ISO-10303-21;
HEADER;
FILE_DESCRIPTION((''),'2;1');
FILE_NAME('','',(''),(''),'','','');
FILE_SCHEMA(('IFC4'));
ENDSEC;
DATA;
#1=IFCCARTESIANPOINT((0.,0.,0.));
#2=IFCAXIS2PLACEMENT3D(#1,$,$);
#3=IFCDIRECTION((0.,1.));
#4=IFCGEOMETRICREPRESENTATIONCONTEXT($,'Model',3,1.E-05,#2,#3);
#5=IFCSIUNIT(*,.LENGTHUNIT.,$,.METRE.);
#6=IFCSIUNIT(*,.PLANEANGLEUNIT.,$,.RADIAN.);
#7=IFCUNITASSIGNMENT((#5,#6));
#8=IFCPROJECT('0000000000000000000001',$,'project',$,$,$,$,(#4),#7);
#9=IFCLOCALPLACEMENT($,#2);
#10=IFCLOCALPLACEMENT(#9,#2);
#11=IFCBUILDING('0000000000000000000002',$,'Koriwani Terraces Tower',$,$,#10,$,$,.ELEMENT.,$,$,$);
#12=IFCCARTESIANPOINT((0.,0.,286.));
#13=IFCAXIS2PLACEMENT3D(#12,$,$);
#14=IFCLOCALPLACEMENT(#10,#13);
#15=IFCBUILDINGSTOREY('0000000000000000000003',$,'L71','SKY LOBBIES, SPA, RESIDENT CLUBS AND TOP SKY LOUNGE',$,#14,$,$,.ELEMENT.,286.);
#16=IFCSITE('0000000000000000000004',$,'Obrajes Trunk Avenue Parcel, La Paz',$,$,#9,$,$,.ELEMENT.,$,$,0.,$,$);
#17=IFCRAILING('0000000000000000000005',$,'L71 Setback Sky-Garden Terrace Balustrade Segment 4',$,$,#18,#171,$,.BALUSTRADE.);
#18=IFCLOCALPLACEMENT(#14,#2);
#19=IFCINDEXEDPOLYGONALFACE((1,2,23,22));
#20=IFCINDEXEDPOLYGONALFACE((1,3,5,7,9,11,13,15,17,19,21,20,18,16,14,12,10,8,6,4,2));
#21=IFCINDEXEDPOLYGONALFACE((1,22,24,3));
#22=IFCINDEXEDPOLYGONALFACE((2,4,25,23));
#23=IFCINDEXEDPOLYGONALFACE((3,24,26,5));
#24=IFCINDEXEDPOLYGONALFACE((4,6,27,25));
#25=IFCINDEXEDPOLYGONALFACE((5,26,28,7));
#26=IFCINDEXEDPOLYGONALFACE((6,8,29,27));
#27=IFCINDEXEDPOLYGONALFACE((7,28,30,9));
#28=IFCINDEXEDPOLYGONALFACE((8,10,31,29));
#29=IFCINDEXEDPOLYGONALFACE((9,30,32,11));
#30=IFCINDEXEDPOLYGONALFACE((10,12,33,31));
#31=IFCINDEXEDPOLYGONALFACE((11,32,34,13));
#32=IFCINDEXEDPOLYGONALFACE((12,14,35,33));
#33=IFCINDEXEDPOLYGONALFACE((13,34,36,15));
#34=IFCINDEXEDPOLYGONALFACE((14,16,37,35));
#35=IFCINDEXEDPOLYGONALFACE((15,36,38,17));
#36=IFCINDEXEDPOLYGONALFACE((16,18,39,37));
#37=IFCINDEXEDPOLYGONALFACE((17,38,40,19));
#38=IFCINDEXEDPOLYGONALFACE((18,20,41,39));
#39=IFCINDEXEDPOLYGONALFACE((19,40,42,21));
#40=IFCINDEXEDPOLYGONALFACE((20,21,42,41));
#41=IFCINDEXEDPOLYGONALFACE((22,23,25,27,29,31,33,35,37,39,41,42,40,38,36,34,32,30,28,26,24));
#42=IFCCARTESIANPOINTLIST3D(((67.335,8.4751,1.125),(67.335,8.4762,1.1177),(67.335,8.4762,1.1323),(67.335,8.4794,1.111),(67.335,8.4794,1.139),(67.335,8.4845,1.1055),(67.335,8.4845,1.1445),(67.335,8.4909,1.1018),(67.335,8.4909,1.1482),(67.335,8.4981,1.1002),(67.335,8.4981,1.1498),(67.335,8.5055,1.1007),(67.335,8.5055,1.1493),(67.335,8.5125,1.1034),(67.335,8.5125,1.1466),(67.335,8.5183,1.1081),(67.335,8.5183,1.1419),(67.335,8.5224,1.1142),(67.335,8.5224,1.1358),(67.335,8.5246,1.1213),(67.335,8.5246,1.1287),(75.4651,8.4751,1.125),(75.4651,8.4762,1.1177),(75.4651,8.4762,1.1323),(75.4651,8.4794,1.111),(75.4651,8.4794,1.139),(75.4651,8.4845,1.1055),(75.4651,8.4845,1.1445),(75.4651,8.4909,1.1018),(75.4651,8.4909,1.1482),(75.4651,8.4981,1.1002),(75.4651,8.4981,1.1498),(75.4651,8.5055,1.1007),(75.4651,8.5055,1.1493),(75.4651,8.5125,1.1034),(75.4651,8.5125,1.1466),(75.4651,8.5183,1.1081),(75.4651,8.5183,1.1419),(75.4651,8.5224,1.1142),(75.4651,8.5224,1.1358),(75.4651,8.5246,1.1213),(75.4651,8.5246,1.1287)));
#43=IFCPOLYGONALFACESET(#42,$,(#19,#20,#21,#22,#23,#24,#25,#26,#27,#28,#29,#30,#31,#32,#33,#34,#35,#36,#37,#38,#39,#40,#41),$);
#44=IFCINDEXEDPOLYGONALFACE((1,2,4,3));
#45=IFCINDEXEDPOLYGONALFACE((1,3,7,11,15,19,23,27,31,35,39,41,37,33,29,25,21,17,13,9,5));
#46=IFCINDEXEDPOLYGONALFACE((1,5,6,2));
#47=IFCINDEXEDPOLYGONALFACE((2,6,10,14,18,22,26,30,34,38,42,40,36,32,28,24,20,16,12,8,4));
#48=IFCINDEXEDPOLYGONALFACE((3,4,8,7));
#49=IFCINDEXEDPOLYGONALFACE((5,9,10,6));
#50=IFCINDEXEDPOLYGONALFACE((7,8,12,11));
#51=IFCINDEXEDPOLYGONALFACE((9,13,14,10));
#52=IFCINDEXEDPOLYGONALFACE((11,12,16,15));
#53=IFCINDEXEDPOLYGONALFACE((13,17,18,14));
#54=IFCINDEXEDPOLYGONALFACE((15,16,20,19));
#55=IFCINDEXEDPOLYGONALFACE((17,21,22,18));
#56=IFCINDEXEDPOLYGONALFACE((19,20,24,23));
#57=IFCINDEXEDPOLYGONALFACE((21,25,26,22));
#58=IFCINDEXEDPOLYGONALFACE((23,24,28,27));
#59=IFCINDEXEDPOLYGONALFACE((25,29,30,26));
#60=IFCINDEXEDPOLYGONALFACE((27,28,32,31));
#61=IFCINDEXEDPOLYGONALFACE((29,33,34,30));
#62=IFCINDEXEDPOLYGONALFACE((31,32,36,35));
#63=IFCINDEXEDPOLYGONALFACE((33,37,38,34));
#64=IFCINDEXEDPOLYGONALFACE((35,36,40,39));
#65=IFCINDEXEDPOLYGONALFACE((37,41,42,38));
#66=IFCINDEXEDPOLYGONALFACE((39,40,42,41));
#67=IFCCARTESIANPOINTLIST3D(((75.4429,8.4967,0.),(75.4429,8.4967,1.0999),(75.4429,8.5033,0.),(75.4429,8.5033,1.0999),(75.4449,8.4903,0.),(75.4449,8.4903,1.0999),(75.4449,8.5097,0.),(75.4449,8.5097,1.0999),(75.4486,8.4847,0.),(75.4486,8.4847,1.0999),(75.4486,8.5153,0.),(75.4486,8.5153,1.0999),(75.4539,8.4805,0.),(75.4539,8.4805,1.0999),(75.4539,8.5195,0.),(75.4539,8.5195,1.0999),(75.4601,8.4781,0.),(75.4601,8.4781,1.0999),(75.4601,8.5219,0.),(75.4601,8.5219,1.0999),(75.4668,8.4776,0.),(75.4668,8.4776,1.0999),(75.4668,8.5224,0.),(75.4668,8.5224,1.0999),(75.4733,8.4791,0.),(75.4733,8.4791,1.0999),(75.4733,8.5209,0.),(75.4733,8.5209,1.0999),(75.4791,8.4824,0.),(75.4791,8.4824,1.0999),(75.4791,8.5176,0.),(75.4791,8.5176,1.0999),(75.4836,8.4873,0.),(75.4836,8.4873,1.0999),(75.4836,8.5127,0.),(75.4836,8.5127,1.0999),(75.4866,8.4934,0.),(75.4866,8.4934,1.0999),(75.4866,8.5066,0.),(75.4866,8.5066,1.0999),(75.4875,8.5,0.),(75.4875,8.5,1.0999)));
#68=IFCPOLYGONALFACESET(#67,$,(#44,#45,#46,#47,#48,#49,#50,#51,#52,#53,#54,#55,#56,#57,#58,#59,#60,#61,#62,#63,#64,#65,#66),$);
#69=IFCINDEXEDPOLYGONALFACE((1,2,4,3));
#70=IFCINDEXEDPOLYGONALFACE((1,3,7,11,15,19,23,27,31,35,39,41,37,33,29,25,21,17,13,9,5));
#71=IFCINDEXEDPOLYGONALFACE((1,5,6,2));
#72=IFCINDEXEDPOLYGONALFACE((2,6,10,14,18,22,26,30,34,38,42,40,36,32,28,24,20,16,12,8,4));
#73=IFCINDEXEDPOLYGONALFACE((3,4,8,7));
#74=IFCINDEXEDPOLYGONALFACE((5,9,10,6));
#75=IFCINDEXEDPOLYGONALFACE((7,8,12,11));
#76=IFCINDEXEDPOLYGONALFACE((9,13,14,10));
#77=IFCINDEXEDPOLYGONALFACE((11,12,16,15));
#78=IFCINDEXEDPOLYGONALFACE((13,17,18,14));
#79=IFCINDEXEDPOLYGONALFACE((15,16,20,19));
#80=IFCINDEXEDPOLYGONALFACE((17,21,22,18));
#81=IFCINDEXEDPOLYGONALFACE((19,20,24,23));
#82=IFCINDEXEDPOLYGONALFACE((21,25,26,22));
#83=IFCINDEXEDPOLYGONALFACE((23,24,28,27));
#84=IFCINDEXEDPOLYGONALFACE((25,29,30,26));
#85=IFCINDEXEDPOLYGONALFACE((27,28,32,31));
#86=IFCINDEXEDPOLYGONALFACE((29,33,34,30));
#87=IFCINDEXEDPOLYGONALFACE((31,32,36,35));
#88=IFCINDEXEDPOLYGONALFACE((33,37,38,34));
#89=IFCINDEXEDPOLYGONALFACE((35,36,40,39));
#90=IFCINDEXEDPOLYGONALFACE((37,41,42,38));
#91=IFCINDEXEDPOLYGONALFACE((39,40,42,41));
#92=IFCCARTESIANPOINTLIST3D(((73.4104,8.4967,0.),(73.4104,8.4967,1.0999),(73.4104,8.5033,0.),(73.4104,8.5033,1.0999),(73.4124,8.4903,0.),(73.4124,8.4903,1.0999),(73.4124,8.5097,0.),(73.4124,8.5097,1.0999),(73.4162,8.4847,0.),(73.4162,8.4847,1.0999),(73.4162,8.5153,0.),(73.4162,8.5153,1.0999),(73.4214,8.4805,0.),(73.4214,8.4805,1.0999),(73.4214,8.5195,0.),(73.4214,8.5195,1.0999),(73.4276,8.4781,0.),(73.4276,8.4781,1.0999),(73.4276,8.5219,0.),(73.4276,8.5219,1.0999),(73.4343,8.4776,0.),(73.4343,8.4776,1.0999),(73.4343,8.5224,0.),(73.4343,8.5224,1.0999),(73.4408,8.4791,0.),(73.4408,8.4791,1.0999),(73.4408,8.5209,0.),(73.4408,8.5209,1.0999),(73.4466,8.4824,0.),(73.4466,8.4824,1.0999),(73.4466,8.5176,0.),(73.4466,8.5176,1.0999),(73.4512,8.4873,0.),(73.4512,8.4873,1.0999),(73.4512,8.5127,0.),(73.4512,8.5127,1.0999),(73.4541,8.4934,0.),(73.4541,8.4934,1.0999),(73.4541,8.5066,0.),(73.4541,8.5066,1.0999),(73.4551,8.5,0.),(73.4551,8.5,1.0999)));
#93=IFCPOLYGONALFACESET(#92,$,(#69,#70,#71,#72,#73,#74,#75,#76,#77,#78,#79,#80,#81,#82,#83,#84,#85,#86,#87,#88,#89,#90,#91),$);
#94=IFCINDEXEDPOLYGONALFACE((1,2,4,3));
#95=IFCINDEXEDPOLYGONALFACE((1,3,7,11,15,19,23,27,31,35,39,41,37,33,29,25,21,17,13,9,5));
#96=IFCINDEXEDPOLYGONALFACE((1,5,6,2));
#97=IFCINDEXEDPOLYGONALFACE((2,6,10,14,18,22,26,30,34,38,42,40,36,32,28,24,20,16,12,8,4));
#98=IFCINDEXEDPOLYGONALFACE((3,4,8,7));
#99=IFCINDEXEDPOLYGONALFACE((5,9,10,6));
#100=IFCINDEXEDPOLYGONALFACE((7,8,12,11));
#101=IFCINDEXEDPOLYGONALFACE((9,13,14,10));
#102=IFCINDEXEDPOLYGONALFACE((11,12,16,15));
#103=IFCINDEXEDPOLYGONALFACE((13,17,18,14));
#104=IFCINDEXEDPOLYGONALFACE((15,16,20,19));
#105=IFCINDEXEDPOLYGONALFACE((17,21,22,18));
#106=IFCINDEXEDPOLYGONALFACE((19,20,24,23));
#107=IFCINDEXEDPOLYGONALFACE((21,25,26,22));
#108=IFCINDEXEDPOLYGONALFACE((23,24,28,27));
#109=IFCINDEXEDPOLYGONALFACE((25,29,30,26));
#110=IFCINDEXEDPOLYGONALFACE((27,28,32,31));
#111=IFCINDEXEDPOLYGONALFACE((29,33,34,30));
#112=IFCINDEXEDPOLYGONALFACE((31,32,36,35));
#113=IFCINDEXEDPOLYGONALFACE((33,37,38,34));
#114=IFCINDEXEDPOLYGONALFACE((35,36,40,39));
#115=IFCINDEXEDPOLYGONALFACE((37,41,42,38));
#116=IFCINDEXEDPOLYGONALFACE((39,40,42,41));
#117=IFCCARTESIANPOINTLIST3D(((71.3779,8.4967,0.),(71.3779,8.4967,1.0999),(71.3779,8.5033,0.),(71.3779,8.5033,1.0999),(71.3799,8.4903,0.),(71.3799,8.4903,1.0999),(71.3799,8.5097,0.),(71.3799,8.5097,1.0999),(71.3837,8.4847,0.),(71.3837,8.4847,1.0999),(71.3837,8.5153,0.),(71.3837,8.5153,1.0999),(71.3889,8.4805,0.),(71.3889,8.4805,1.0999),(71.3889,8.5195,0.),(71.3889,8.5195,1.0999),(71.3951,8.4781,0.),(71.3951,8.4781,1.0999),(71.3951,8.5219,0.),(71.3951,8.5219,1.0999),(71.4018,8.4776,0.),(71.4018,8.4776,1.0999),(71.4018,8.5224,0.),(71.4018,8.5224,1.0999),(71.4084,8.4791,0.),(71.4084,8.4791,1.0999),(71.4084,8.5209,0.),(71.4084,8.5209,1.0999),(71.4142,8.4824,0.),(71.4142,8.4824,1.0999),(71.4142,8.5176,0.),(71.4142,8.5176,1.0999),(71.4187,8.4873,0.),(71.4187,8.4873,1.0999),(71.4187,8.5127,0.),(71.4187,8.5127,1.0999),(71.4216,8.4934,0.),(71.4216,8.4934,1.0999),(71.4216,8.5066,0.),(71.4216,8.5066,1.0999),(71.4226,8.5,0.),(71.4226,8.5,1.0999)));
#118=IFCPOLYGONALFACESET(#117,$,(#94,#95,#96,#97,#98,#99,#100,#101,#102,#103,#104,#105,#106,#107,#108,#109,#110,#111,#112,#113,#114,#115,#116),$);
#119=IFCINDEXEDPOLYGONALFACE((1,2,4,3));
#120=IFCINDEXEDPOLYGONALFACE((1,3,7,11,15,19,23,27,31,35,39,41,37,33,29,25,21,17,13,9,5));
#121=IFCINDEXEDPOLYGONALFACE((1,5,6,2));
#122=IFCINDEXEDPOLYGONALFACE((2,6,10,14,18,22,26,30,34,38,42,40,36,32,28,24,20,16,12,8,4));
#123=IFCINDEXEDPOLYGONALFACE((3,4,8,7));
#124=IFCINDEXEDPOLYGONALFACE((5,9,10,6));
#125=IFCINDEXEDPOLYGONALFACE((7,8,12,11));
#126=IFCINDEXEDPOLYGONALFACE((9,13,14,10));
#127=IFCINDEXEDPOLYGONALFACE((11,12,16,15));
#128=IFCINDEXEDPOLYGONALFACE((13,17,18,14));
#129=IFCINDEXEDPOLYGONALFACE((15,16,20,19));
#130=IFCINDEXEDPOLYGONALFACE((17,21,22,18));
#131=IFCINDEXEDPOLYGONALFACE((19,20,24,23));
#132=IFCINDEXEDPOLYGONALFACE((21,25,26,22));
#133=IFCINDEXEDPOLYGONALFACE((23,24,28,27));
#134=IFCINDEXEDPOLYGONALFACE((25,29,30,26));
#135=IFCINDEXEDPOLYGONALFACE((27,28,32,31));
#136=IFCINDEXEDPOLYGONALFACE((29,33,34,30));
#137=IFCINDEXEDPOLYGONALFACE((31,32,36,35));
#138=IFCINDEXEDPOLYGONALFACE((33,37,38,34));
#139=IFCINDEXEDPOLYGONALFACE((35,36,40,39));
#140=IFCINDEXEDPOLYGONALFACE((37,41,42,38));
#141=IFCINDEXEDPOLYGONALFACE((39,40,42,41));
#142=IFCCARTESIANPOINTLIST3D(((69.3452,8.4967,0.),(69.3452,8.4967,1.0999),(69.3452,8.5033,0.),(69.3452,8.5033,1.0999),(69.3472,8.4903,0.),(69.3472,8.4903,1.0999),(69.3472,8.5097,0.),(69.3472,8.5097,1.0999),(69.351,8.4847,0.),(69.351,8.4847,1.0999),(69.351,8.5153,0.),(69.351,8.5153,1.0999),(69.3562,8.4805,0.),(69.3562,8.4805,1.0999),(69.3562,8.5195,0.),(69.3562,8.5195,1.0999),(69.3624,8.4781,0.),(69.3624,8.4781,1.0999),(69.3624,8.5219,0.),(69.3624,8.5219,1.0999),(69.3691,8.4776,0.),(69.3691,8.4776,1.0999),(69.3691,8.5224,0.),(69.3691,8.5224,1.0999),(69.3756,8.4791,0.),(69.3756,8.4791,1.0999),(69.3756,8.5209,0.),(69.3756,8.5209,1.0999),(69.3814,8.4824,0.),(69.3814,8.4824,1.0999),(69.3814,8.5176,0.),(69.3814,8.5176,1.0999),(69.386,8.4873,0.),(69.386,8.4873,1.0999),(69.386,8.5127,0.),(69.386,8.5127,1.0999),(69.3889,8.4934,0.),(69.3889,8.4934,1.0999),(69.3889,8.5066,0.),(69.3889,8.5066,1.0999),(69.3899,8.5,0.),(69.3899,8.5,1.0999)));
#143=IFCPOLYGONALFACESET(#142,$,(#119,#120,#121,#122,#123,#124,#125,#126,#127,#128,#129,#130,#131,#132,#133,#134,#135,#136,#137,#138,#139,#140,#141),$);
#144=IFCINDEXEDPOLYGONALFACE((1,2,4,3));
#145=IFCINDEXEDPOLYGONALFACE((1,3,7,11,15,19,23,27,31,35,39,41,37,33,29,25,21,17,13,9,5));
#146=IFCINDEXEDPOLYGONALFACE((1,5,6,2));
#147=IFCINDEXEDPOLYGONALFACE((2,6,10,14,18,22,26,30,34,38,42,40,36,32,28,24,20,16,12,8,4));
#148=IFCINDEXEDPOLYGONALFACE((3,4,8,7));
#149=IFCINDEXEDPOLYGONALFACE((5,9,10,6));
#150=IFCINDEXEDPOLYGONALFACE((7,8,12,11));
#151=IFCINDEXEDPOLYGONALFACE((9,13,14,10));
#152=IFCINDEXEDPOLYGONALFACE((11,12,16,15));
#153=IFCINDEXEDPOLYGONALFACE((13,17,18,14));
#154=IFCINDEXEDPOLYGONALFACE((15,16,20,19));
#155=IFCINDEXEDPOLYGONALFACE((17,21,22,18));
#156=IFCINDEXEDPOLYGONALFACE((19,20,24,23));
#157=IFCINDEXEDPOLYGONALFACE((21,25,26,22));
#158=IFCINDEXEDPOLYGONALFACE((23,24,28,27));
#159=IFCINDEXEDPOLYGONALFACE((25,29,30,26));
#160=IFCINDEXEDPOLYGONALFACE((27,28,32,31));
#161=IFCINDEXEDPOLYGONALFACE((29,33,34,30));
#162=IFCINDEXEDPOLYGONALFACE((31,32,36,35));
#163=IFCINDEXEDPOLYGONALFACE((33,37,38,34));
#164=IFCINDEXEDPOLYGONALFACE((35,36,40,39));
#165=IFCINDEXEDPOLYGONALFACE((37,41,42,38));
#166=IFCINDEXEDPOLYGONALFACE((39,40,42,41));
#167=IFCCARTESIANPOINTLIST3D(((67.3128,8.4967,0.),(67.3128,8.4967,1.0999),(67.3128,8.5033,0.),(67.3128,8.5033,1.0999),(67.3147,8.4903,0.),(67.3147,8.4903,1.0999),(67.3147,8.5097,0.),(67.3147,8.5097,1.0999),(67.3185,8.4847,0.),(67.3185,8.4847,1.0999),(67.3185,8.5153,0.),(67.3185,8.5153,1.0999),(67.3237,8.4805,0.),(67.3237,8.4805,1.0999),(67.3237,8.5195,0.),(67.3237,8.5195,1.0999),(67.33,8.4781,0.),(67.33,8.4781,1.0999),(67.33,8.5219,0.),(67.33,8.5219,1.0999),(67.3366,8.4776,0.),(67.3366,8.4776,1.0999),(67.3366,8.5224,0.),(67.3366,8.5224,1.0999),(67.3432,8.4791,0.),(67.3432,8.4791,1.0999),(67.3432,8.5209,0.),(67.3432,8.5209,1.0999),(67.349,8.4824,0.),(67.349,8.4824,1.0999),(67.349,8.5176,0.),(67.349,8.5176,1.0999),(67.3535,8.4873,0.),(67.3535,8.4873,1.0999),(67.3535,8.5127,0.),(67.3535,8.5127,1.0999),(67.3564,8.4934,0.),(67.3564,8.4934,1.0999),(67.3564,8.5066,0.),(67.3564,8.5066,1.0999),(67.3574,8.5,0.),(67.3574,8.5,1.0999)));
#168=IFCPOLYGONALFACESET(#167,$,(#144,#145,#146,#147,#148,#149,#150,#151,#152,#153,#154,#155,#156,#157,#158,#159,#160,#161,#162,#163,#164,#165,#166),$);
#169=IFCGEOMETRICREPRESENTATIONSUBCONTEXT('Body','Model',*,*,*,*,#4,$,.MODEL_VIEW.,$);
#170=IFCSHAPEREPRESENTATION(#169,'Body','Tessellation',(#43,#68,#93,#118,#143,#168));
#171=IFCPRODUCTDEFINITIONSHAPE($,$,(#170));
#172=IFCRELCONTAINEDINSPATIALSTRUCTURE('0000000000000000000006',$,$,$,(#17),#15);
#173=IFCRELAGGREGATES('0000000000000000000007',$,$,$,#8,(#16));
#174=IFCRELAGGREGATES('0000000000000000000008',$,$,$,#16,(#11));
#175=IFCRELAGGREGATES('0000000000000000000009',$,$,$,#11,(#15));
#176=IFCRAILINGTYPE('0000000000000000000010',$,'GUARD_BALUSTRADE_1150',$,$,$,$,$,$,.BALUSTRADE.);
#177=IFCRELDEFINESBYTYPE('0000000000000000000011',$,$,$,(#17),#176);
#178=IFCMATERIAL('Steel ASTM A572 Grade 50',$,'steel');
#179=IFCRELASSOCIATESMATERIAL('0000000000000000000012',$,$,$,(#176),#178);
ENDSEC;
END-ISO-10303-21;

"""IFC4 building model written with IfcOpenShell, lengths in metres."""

from ifc_helpers import new_model, si_unit, direction, frame, origin, origin_2d, place, context, subcontext, project, spatial, circle, extrude, material, type_object, element, save


model = new_model("IFC4")

# Units and contexts
model_context = context("Model", 3, precision=1e-05, world=origin(), true_north=direction((0.0, 1.0)))
body_context = subcontext(model_context, "Body", "Model", "MODEL_VIEW")
ifc_project = project(units=[si_unit("LENGTHUNIT", "METRE"), si_unit("PLANEANGLEUNIT", "RADIAN")], contexts=[model_context])

# Site, building, storey
site_placement = place(None, origin())
site = spatial("IfcSite", under=ifc_project, at=site_placement, Name="Obrajes Trunk Avenue Parcel, La Paz", CompositionType="ELEMENT", RefElevation=0.0)
building_placement = place(site_placement, origin())
building = spatial("IfcBuilding", under=site, at=building_placement, Name="Koriwani Terraces Tower", CompositionType="ELEMENT")
storey_placement = place(building_placement, frame((0.0, 0.0, 286.0)))
storey = spatial("IfcBuildingStorey", under=building, at=storey_placement, Name="L71", Description="SKY LOBBIES, SPA, RESIDENT CLUBS AND TOP SKY LOUNGE", CompositionType="ELEMENT", Elevation=286.0)

# Shared definitions
ifc_material_1 = material(Name="Steel ASTM A572 Grade 50", Category="steel")

# Railing
railing_type = type_object("IfcRailingType", Name="GUARD_BALUSTRADE_1150", PredefinedType="BALUSTRADE", material=ifc_material_1)
railing_1_placement = place(storey_placement, frame((75.4651, 8.5, 0.0)))
element("IfcRailing", 1, at=railing_1_placement, inside=storey, type_object=railing_type, Name="L71 Setback Sky-Garden Terrace Balustrade Segment 4", PredefinedType="BALUSTRADE", context=body_context, shape_type="SweptSolid", body=[
    extrude(circle(Radius=0.0249, at=origin_2d()), frame((0.0, 0.0, 1.125), z_axis=(-1.0, 0.0, 0.0), x_axis=(0.0, -1.0, 0.0)), (0.0, 0.0, 1.0), 8.1301),
    extrude(circle(Radius=0.0225, at=origin_2d()), origin(), (0.0, 0.0, 1.0), 1.0999),
    extrude(circle(Radius=0.0225, at=origin_2d()), frame((-2.0325, 0.0, 0.0)), (0.0, 0.0, 1.0), 1.0999),
    extrude(circle(Radius=0.0225, at=origin_2d()), frame((-4.0649, 0.0, 0.0)), (0.0, 0.0, 1.0), 1.0999),
    extrude(circle(Radius=0.0225, at=origin_2d()), frame((-6.0977, 0.0, 0.0)), (0.0, 0.0, 1.0), 1.0999),
    extrude(circle(Radius=0.0225, at=origin_2d()), frame((-8.1301, 0.0, 0.0)), (0.0, 0.0, 1.0), 1.0999),
])

save(model, "model.ifc")
